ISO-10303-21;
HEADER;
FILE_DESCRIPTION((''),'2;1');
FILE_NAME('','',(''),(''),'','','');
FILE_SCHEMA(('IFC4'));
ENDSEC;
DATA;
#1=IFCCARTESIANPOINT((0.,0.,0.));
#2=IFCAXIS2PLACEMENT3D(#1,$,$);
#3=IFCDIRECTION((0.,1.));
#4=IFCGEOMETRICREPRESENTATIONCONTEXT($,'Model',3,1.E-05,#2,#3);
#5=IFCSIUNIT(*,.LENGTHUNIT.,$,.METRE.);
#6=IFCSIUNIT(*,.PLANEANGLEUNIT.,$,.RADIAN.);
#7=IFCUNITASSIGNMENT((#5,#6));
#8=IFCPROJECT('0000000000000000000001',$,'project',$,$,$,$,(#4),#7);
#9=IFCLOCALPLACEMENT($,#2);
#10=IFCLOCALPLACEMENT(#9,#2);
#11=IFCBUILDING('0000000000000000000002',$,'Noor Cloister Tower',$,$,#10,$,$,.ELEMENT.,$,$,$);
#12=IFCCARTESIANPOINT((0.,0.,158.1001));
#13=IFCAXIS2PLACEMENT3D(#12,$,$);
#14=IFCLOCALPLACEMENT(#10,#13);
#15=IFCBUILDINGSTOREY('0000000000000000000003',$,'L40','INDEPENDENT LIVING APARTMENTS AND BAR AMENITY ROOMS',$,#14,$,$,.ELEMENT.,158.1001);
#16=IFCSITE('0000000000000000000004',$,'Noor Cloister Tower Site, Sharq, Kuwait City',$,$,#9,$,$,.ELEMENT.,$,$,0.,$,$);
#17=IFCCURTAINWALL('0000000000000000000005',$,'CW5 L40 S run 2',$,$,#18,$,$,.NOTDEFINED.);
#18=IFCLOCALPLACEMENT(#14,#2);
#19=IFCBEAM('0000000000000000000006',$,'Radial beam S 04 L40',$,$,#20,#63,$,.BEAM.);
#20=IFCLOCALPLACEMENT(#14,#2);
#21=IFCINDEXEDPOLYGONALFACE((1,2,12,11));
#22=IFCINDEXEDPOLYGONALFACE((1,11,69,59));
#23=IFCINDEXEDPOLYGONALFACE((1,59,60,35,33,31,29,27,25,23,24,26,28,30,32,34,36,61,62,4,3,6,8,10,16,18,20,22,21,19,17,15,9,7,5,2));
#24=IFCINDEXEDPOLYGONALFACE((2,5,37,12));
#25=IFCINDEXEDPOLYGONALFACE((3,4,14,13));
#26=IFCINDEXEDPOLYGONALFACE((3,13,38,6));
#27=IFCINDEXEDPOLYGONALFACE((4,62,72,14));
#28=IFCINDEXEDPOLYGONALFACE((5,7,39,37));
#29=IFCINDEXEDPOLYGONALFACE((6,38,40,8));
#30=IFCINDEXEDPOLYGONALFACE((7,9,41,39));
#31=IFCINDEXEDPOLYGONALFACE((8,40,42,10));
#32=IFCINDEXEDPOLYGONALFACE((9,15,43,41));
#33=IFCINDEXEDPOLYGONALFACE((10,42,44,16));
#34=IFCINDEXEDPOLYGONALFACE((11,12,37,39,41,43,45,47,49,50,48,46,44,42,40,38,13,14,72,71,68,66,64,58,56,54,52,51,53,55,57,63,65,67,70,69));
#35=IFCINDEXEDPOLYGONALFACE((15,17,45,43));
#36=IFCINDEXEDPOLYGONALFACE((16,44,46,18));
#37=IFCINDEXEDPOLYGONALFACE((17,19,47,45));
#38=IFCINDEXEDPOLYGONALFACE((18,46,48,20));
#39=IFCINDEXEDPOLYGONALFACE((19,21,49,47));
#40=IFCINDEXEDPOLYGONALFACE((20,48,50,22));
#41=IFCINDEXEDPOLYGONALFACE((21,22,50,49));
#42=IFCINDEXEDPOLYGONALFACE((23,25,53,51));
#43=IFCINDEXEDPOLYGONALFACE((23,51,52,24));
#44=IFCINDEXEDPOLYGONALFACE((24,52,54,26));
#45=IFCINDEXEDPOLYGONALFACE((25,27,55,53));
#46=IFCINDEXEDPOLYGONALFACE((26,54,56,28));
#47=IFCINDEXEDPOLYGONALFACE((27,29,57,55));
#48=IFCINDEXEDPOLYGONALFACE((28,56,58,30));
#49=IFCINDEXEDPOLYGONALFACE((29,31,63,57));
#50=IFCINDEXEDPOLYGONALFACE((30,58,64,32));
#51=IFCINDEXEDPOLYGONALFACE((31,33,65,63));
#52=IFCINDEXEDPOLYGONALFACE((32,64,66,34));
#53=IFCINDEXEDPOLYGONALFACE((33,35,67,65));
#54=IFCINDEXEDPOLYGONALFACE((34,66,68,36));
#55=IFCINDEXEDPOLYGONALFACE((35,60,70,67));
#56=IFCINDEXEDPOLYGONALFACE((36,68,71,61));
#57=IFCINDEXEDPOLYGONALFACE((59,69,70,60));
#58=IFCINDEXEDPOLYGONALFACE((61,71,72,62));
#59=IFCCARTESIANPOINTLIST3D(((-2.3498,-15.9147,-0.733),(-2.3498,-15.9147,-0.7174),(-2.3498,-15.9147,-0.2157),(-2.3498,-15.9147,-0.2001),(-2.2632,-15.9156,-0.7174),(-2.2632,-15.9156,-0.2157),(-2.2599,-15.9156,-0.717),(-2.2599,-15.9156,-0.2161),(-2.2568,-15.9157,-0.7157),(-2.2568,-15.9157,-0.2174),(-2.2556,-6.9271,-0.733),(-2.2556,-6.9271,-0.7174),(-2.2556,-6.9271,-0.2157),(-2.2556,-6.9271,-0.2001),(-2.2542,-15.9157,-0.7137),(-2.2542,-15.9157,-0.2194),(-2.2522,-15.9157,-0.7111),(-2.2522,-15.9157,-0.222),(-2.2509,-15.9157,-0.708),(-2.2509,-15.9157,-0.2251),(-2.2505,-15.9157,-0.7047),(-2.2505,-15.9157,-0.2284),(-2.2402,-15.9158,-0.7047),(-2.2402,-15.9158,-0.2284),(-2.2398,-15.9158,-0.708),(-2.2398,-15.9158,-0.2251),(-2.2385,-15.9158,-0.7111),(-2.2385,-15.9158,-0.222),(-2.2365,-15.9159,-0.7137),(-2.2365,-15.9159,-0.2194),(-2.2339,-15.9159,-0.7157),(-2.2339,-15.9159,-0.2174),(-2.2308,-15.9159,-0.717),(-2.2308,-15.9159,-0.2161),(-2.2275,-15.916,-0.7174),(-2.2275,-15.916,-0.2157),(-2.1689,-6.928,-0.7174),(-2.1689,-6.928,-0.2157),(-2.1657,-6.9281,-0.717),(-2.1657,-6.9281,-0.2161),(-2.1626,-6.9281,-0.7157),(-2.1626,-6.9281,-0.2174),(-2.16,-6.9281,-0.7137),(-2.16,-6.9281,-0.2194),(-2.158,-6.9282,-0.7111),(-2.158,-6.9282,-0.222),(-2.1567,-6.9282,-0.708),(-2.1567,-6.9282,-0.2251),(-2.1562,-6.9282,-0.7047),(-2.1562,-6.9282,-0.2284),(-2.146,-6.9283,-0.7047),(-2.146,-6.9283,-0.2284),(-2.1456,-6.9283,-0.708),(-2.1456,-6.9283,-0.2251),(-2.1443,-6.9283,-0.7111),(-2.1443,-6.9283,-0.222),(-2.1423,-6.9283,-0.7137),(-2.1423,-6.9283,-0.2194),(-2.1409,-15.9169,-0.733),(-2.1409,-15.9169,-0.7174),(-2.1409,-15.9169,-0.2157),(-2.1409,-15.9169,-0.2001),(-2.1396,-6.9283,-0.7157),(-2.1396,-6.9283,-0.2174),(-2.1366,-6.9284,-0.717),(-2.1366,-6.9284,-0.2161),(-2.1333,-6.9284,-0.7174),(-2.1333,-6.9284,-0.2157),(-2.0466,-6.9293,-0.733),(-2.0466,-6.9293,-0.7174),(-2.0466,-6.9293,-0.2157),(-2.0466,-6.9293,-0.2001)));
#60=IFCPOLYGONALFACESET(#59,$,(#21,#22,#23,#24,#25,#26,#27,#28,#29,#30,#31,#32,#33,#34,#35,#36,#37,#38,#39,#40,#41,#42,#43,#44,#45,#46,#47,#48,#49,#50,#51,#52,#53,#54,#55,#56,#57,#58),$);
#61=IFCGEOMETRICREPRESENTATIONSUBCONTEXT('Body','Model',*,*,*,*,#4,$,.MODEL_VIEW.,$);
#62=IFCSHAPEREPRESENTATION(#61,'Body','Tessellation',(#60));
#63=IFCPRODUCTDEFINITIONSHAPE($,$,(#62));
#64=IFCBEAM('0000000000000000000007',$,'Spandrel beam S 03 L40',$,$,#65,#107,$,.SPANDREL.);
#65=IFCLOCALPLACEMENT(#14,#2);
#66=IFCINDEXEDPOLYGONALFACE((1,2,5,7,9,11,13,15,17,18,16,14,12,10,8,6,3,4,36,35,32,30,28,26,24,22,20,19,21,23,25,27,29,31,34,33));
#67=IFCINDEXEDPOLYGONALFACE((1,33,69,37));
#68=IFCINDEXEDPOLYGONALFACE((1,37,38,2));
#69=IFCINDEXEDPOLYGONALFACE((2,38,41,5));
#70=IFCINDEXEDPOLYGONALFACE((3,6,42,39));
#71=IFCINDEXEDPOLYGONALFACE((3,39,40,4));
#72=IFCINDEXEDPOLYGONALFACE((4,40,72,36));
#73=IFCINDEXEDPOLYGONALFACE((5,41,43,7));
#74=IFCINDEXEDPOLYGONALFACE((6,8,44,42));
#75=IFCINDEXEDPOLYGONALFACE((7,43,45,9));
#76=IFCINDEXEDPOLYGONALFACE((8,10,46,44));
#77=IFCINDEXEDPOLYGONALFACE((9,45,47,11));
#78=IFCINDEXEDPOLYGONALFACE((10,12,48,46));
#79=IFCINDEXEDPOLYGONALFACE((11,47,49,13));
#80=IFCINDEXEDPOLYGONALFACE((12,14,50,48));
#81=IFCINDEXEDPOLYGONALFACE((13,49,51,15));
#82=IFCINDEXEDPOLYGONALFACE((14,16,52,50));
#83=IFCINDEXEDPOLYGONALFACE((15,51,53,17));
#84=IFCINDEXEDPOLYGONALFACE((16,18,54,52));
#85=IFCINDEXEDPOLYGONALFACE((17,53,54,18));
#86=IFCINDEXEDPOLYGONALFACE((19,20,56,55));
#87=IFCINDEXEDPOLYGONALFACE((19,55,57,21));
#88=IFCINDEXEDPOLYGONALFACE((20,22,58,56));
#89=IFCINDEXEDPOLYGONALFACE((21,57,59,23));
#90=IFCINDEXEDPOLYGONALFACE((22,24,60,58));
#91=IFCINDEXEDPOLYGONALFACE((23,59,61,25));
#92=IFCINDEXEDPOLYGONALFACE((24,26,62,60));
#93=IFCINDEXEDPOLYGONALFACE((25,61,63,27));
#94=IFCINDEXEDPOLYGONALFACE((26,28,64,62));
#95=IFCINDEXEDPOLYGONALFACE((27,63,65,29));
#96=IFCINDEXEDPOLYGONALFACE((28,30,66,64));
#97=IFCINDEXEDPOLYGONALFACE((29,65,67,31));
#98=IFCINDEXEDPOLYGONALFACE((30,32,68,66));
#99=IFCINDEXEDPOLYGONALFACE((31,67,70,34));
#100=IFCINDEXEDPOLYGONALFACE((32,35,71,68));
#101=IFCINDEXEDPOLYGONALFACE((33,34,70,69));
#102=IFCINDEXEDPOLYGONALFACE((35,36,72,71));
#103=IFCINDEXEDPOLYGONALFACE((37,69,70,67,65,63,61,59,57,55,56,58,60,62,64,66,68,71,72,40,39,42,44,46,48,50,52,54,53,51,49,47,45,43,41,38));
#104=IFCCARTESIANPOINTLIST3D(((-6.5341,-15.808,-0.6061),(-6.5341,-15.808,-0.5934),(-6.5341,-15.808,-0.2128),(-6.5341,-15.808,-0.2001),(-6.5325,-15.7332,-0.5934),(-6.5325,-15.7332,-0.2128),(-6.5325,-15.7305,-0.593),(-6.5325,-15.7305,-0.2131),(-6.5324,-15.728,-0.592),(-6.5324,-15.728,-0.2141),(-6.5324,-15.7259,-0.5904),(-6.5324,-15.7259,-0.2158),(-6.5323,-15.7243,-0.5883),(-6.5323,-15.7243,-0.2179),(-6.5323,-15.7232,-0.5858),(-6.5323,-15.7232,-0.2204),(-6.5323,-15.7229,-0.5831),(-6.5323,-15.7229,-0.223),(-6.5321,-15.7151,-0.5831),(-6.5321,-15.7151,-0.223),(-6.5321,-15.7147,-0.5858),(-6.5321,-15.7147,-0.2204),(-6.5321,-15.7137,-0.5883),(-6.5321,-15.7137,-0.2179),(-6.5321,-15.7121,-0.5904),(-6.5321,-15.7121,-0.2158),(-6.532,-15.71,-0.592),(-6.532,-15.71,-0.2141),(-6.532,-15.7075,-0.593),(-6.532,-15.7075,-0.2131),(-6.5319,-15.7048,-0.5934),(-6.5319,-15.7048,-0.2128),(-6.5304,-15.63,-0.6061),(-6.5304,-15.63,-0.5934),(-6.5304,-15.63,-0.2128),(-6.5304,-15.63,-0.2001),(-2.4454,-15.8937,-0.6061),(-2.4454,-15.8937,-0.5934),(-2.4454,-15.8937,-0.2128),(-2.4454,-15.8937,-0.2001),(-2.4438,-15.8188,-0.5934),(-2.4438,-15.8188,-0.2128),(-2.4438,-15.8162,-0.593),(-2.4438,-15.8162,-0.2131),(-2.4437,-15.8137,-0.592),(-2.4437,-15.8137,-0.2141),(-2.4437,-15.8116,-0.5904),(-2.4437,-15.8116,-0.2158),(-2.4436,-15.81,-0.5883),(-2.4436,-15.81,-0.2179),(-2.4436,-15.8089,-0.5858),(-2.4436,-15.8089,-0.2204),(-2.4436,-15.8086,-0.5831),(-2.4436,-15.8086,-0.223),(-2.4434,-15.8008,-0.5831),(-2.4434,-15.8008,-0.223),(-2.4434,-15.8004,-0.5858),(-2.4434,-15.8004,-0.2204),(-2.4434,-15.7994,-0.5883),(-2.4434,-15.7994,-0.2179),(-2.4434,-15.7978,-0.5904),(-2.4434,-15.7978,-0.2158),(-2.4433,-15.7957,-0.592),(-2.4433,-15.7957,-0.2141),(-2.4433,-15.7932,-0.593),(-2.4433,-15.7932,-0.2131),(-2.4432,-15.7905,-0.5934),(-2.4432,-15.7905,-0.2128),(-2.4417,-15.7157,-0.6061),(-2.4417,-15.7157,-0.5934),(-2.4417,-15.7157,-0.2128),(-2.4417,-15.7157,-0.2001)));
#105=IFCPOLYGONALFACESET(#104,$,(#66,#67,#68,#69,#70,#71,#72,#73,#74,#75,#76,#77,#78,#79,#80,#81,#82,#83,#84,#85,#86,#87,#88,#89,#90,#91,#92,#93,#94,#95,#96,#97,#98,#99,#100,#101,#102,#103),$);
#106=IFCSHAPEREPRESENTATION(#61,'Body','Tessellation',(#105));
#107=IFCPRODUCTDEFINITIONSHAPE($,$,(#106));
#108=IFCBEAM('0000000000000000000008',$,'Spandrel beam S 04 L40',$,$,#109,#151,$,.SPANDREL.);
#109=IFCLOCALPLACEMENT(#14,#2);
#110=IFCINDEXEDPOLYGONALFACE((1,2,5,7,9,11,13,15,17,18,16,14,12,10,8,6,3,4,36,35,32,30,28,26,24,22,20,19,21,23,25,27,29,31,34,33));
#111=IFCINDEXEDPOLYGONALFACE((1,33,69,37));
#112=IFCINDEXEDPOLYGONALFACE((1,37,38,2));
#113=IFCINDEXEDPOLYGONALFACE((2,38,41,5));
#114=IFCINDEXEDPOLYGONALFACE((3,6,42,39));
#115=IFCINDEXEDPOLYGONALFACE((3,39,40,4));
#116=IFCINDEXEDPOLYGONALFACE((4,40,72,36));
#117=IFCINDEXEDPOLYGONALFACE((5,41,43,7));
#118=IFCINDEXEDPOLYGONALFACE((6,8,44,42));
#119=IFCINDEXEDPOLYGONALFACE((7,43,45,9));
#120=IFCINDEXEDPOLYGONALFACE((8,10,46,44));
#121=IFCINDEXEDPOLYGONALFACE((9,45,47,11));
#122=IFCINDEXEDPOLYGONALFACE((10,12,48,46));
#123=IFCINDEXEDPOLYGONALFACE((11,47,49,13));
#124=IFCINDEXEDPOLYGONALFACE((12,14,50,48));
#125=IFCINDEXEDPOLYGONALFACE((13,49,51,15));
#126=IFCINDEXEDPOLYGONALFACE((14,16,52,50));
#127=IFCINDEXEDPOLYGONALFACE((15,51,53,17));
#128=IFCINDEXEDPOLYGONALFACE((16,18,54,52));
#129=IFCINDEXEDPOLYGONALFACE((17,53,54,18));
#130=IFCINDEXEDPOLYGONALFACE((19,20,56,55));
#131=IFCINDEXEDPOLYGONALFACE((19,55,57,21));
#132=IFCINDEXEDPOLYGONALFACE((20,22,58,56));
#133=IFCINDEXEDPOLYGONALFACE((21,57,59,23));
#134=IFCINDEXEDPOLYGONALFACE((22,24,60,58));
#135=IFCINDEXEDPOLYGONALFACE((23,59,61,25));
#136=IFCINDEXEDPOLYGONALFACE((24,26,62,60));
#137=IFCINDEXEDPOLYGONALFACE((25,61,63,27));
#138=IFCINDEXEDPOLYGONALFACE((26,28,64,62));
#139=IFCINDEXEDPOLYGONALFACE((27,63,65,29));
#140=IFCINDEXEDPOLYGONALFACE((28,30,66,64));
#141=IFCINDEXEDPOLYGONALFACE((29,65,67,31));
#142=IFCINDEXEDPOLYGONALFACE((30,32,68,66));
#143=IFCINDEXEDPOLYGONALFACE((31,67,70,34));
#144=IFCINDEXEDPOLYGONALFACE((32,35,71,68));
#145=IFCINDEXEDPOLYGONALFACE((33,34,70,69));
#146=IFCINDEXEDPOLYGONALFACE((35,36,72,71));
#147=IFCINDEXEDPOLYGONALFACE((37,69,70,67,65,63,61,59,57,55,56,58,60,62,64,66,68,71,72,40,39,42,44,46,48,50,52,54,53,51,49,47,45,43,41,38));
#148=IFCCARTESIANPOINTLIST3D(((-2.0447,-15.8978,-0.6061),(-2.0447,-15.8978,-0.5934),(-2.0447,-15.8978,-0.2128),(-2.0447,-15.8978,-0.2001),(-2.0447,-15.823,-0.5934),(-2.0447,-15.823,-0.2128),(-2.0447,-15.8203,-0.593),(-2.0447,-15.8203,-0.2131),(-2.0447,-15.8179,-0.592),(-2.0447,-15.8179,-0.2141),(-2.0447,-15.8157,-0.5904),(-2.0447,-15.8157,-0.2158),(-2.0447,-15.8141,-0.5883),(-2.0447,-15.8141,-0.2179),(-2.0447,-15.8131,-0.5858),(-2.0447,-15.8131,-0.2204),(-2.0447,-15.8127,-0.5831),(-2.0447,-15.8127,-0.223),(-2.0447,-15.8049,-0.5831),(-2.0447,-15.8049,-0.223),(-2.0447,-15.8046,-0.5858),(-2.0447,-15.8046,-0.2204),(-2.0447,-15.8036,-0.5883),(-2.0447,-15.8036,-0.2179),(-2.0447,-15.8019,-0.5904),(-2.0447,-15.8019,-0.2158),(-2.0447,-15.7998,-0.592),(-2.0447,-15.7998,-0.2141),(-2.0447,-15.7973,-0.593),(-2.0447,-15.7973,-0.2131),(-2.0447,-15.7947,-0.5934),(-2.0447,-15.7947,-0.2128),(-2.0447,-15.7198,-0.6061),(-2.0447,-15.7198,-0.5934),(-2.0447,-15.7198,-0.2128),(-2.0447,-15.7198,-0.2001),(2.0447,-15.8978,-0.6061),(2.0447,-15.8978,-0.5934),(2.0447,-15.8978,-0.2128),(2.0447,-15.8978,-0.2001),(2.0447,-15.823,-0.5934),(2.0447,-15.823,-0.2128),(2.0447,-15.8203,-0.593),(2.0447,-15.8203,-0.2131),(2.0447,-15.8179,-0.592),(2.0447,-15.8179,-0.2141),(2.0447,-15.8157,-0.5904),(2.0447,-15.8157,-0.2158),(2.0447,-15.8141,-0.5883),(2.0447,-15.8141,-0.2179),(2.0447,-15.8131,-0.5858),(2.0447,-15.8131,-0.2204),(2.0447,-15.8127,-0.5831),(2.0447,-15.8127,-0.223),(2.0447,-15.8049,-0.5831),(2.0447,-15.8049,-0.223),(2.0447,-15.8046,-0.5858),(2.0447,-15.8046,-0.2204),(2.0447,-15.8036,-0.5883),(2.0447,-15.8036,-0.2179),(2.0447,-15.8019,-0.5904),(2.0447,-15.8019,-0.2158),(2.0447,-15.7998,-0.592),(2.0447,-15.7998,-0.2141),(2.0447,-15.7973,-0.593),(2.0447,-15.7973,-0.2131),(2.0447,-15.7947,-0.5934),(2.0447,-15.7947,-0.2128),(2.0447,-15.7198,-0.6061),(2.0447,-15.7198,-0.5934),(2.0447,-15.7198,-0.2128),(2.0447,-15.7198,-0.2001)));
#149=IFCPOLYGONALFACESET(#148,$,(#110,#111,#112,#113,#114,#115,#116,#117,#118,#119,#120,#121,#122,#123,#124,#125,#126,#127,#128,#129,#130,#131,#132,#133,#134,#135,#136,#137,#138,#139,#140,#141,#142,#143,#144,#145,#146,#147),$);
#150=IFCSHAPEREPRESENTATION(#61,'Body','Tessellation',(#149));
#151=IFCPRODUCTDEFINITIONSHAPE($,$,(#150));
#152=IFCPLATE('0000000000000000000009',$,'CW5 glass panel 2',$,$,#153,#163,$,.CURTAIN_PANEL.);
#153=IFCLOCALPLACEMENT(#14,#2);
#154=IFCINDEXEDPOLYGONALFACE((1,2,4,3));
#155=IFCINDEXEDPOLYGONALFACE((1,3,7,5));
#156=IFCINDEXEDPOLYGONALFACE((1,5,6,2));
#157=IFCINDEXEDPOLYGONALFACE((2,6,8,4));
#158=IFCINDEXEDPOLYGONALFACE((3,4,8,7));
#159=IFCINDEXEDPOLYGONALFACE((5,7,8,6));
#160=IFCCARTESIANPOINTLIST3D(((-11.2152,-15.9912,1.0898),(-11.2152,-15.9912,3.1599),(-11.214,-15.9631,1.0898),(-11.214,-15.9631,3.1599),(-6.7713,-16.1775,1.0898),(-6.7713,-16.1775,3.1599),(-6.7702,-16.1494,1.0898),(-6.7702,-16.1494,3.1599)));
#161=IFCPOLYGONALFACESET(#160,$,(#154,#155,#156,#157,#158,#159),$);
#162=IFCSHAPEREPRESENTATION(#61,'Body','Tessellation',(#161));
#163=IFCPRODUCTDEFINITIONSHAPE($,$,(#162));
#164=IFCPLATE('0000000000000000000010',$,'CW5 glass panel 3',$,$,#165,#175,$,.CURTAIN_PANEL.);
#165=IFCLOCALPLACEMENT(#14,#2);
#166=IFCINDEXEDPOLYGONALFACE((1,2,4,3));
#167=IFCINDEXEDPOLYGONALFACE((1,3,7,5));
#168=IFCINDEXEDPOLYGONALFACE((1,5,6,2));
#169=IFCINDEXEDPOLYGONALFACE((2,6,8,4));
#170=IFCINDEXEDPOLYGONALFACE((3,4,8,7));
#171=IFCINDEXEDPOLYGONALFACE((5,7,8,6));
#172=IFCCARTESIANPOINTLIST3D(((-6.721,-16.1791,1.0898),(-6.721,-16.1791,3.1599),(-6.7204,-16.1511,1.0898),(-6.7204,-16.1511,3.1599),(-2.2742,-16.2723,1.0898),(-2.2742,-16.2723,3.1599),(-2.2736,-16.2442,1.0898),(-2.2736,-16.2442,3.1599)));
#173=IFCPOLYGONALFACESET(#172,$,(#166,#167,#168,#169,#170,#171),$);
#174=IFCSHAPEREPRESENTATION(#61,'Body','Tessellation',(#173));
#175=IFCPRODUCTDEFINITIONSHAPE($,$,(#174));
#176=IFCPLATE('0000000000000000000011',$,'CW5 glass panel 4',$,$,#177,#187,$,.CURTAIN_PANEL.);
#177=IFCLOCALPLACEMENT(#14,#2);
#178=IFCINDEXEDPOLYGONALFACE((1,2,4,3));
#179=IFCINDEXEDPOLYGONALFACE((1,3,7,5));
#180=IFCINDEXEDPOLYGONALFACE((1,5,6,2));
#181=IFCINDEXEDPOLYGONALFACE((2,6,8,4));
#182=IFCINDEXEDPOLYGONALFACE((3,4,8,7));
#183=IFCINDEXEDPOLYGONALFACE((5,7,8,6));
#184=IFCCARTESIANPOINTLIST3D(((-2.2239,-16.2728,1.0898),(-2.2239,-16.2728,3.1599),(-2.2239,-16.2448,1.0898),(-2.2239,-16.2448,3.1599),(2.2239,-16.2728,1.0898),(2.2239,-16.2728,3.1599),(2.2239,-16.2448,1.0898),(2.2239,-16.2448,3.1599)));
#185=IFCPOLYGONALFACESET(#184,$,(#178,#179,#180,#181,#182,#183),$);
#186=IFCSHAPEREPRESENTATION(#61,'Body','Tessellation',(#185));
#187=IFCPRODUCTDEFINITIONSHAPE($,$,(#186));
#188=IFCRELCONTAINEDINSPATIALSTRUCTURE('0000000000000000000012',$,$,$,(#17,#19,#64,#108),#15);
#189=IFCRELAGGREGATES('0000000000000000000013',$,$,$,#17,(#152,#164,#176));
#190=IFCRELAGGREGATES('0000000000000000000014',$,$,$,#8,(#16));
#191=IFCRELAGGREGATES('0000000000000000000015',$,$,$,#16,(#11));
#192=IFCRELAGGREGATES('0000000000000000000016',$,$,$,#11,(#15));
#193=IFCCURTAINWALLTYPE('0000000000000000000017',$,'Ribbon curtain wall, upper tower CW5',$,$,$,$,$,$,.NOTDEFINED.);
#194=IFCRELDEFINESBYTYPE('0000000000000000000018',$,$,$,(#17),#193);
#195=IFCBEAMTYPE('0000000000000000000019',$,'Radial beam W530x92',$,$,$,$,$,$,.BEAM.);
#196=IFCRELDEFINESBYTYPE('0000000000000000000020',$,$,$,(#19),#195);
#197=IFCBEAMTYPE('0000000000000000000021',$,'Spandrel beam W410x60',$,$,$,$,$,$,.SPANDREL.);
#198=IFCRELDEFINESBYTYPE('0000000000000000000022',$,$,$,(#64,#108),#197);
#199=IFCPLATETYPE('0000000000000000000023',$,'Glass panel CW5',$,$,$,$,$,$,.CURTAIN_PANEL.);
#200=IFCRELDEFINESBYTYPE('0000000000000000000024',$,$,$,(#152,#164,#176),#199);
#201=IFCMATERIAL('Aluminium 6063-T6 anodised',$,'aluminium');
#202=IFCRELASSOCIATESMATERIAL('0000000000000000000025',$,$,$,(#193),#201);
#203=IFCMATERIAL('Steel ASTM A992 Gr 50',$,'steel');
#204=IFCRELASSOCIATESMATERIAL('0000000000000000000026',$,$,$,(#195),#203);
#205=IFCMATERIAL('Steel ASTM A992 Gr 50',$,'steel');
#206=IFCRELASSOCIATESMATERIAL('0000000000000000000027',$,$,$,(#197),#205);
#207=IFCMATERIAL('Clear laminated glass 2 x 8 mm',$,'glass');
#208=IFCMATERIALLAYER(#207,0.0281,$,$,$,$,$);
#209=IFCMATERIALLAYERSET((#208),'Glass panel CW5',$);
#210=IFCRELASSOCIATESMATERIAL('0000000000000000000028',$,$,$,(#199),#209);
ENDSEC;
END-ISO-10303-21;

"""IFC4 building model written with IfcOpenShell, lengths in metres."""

from ifc_helpers import new_model, si_unit, direction, frame, origin, origin_2d, place, context, subcontext, project, spatial, rectangle, i_section, extrude, material, layer, layer_set, material_profile, profile_set, type_object, element, aggregate, save


model = new_model("IFC4")

# Units and contexts
model_context = context("Model", 3, precision=1e-05, world=origin(), true_north=direction((0.0, 1.0)))
body_context = subcontext(model_context, "Body", "Model", "MODEL_VIEW")
ifc_project = project(units=[si_unit("LENGTHUNIT", "METRE"), si_unit("PLANEANGLEUNIT", "RADIAN")], contexts=[model_context])

# Site, building, storey
site_placement = place(None, origin())
site = spatial("IfcSite", under=ifc_project, at=site_placement, Name="Noor Cloister Tower Site, Sharq, Kuwait City", CompositionType="ELEMENT", RefElevation=0.0)
building_placement = place(site_placement, origin())
building = spatial("IfcBuilding", under=site, at=building_placement, Name="Noor Cloister Tower", CompositionType="ELEMENT")
storey_placement = place(building_placement, frame((0.0, 0.0, 158.1001)))
storey = spatial("IfcBuildingStorey", under=building, at=storey_placement, Name="L40", Description="INDEPENDENT LIVING APARTMENTS AND BAR AMENITY ROOMS", CompositionType="ELEMENT", Elevation=158.1001)

# Curtain wall
ifc_material_1 = material(Name="Aluminium 6063-T6 anodised", Category="aluminium")
curtain_wall_type = type_object("IfcCurtainWallType", Name="Ribbon curtain wall, upper tower CW5", PredefinedType="NOTDEFINED", material=ifc_material_1)
curtain_wall_placement = place(storey_placement, origin())
curtain_wall = element("IfcCurtainWall", 1, at=curtain_wall_placement, inside=storey, type_object=curtain_wall_type, Name="CW5 L40 S run 2", PredefinedType="NOTDEFINED")

# Beams
ifc_material_2 = material(Name="Steel ASTM A992 Gr 50", Category="steel")
ifc_material_profile_1 = material_profile(ifc_material_2, i_section(OverallWidth=0.209, OverallDepth=0.533, WebThickness=0.0103, FlangeThickness=0.0156, FilletRadius=0.0127, at=origin_2d()), Name="W530x92")
ifc_profile_set_1 = profile_set([ifc_material_profile_1], Name="Steel ASTM A992 Gr 50")
beam_type_1 = type_object("IfcBeamType", Name="Radial beam W530x92", PredefinedType="BEAM", material=ifc_profile_set_1)
beam_1_placement = place(storey_placement, frame((-2.2454, -15.9158, -0.4666), z_axis=(0.010485, 0.999945, 0.0), x_axis=(-0.999945, 0.010485, 0.0)))
element("IfcBeam", 2, at=beam_1_placement, inside=storey, type_object=beam_type_1, Name="Radial beam S 04 L40", PredefinedType="BEAM", context=body_context, shape_type="SweptSolid", body=[
    extrude(i_section(OverallWidth=0.209, OverallDepth=0.533, WebThickness=0.0103, FlangeThickness=0.0156, FilletRadius=0.0127, at=origin_2d()), origin(), (0.0, 0.0, 1.0), 8.988),
])
ifc_material_3 = material(Name="Steel ASTM A992 Gr 50", Category="steel")
ifc_material_profile_2 = material_profile(ifc_material_3, i_section(OverallWidth=0.178, OverallDepth=0.406, WebThickness=0.0078, FlangeThickness=0.0127, FilletRadius=0.0103, at=origin_2d()), Name="W410x60")
ifc_profile_set_2 = profile_set([ifc_material_profile_2], Name="Steel ASTM A992 Gr 50")
beam_type_2 = type_object("IfcBeamType", Name="Spandrel beam W410x60", PredefinedType="SPANDREL", material=ifc_profile_set_2)
beam_2_placement = place(storey_placement, frame((-6.5322, -15.719, -0.4031), z_axis=(0.99978, -0.020954, 0.0), x_axis=(0.020954, 0.99978, 0.0)))
element("IfcBeam", 3, at=beam_2_placement, inside=storey, type_object=beam_type_2, Name="Spandrel beam S 03 L40", PredefinedType="SPANDREL", context=body_context, shape_type="SweptSolid", body=[
    extrude(i_section(OverallWidth=0.178, OverallDepth=0.406, WebThickness=0.0078, FlangeThickness=0.0127, FilletRadius=0.0103, at=origin_2d()), origin(), (0.0, 0.0, 1.0), 4.0896),
])
beam_3_placement = place(storey_placement, frame((-2.0447, -15.8088, -0.4031), z_axis=(1.0, 0.0, 0.0), x_axis=(0.0, 1.0, 0.0)))
element("IfcBeam", 4, at=beam_3_placement, inside=storey, type_object=beam_type_2, Name="Spandrel beam S 04 L40", PredefinedType="SPANDREL", context=body_context, shape_type="SweptSolid", body=[
    extrude(i_section(OverallWidth=0.178, OverallDepth=0.406, WebThickness=0.0078, FlangeThickness=0.0127, FilletRadius=0.0103, at=origin_2d()), origin(), (0.0, 0.0, 1.0), 4.0894),
])

# Plates
ifc_material_4 = material(Name="Clear laminated glass 2 x 8 mm", Category="glass")
ifc_layer_1 = layer(ifc_material_4, 0.0281)
ifc_layer_set_1 = layer_set([ifc_layer_1], Name="Glass panel CW5")
plate_type = type_object("IfcPlateType", Name="Glass panel CW5", PredefinedType="CURTAIN_PANEL", material=ifc_layer_set_1)
plate_1_placement = place(storey_placement, frame((-8.9927, -16.0703, 1.0898), z_axis=(0.0, 0.0, 1.0), x_axis=(0.999123, -0.04188, 0.0)))
plate_1 = element("IfcPlate", 5, at=plate_1_placement, type_object=plate_type, Name="CW5 glass panel 2", PredefinedType="CURTAIN_PANEL", context=body_context, shape_type="SweptSolid", body=[
    extrude(rectangle(XDim=4.4478, YDim=0.0281, at=origin_2d()), origin(), (0.0, 0.0, 1.0), 2.0701),
])
plate_2_placement = place(storey_placement, frame((-4.4973, -16.2117, 1.0898), z_axis=(0.0, 0.0, 1.0), x_axis=(0.999781, -0.020945, 0.0)))
plate_2 = element("IfcPlate", 6, at=plate_2_placement, type_object=plate_type, Name="CW5 glass panel 3", PredefinedType="CURTAIN_PANEL", context=body_context, shape_type="SweptSolid", body=[
    extrude(rectangle(XDim=4.4478, YDim=0.0281, at=origin_2d()), origin(), (0.0, 0.0, 1.0), 2.0701),
])
plate_3_placement = place(storey_placement, frame((0.0, -16.2588, 1.0898), z_axis=(0.0, 0.0, 1.0), x_axis=(1.0, 0.0, 0.0)))
plate_3 = element("IfcPlate", 7, at=plate_3_placement, type_object=plate_type, Name="CW5 glass panel 4", PredefinedType="CURTAIN_PANEL", context=body_context, shape_type="SweptSolid", body=[
    extrude(rectangle(XDim=4.4478, YDim=0.0281, at=origin_2d()), origin(), (0.0, 0.0, 1.0), 2.0701),
])
aggregate(curtain_wall, [plate_1, plate_2, plate_3])

save(model, "model.ifc")
